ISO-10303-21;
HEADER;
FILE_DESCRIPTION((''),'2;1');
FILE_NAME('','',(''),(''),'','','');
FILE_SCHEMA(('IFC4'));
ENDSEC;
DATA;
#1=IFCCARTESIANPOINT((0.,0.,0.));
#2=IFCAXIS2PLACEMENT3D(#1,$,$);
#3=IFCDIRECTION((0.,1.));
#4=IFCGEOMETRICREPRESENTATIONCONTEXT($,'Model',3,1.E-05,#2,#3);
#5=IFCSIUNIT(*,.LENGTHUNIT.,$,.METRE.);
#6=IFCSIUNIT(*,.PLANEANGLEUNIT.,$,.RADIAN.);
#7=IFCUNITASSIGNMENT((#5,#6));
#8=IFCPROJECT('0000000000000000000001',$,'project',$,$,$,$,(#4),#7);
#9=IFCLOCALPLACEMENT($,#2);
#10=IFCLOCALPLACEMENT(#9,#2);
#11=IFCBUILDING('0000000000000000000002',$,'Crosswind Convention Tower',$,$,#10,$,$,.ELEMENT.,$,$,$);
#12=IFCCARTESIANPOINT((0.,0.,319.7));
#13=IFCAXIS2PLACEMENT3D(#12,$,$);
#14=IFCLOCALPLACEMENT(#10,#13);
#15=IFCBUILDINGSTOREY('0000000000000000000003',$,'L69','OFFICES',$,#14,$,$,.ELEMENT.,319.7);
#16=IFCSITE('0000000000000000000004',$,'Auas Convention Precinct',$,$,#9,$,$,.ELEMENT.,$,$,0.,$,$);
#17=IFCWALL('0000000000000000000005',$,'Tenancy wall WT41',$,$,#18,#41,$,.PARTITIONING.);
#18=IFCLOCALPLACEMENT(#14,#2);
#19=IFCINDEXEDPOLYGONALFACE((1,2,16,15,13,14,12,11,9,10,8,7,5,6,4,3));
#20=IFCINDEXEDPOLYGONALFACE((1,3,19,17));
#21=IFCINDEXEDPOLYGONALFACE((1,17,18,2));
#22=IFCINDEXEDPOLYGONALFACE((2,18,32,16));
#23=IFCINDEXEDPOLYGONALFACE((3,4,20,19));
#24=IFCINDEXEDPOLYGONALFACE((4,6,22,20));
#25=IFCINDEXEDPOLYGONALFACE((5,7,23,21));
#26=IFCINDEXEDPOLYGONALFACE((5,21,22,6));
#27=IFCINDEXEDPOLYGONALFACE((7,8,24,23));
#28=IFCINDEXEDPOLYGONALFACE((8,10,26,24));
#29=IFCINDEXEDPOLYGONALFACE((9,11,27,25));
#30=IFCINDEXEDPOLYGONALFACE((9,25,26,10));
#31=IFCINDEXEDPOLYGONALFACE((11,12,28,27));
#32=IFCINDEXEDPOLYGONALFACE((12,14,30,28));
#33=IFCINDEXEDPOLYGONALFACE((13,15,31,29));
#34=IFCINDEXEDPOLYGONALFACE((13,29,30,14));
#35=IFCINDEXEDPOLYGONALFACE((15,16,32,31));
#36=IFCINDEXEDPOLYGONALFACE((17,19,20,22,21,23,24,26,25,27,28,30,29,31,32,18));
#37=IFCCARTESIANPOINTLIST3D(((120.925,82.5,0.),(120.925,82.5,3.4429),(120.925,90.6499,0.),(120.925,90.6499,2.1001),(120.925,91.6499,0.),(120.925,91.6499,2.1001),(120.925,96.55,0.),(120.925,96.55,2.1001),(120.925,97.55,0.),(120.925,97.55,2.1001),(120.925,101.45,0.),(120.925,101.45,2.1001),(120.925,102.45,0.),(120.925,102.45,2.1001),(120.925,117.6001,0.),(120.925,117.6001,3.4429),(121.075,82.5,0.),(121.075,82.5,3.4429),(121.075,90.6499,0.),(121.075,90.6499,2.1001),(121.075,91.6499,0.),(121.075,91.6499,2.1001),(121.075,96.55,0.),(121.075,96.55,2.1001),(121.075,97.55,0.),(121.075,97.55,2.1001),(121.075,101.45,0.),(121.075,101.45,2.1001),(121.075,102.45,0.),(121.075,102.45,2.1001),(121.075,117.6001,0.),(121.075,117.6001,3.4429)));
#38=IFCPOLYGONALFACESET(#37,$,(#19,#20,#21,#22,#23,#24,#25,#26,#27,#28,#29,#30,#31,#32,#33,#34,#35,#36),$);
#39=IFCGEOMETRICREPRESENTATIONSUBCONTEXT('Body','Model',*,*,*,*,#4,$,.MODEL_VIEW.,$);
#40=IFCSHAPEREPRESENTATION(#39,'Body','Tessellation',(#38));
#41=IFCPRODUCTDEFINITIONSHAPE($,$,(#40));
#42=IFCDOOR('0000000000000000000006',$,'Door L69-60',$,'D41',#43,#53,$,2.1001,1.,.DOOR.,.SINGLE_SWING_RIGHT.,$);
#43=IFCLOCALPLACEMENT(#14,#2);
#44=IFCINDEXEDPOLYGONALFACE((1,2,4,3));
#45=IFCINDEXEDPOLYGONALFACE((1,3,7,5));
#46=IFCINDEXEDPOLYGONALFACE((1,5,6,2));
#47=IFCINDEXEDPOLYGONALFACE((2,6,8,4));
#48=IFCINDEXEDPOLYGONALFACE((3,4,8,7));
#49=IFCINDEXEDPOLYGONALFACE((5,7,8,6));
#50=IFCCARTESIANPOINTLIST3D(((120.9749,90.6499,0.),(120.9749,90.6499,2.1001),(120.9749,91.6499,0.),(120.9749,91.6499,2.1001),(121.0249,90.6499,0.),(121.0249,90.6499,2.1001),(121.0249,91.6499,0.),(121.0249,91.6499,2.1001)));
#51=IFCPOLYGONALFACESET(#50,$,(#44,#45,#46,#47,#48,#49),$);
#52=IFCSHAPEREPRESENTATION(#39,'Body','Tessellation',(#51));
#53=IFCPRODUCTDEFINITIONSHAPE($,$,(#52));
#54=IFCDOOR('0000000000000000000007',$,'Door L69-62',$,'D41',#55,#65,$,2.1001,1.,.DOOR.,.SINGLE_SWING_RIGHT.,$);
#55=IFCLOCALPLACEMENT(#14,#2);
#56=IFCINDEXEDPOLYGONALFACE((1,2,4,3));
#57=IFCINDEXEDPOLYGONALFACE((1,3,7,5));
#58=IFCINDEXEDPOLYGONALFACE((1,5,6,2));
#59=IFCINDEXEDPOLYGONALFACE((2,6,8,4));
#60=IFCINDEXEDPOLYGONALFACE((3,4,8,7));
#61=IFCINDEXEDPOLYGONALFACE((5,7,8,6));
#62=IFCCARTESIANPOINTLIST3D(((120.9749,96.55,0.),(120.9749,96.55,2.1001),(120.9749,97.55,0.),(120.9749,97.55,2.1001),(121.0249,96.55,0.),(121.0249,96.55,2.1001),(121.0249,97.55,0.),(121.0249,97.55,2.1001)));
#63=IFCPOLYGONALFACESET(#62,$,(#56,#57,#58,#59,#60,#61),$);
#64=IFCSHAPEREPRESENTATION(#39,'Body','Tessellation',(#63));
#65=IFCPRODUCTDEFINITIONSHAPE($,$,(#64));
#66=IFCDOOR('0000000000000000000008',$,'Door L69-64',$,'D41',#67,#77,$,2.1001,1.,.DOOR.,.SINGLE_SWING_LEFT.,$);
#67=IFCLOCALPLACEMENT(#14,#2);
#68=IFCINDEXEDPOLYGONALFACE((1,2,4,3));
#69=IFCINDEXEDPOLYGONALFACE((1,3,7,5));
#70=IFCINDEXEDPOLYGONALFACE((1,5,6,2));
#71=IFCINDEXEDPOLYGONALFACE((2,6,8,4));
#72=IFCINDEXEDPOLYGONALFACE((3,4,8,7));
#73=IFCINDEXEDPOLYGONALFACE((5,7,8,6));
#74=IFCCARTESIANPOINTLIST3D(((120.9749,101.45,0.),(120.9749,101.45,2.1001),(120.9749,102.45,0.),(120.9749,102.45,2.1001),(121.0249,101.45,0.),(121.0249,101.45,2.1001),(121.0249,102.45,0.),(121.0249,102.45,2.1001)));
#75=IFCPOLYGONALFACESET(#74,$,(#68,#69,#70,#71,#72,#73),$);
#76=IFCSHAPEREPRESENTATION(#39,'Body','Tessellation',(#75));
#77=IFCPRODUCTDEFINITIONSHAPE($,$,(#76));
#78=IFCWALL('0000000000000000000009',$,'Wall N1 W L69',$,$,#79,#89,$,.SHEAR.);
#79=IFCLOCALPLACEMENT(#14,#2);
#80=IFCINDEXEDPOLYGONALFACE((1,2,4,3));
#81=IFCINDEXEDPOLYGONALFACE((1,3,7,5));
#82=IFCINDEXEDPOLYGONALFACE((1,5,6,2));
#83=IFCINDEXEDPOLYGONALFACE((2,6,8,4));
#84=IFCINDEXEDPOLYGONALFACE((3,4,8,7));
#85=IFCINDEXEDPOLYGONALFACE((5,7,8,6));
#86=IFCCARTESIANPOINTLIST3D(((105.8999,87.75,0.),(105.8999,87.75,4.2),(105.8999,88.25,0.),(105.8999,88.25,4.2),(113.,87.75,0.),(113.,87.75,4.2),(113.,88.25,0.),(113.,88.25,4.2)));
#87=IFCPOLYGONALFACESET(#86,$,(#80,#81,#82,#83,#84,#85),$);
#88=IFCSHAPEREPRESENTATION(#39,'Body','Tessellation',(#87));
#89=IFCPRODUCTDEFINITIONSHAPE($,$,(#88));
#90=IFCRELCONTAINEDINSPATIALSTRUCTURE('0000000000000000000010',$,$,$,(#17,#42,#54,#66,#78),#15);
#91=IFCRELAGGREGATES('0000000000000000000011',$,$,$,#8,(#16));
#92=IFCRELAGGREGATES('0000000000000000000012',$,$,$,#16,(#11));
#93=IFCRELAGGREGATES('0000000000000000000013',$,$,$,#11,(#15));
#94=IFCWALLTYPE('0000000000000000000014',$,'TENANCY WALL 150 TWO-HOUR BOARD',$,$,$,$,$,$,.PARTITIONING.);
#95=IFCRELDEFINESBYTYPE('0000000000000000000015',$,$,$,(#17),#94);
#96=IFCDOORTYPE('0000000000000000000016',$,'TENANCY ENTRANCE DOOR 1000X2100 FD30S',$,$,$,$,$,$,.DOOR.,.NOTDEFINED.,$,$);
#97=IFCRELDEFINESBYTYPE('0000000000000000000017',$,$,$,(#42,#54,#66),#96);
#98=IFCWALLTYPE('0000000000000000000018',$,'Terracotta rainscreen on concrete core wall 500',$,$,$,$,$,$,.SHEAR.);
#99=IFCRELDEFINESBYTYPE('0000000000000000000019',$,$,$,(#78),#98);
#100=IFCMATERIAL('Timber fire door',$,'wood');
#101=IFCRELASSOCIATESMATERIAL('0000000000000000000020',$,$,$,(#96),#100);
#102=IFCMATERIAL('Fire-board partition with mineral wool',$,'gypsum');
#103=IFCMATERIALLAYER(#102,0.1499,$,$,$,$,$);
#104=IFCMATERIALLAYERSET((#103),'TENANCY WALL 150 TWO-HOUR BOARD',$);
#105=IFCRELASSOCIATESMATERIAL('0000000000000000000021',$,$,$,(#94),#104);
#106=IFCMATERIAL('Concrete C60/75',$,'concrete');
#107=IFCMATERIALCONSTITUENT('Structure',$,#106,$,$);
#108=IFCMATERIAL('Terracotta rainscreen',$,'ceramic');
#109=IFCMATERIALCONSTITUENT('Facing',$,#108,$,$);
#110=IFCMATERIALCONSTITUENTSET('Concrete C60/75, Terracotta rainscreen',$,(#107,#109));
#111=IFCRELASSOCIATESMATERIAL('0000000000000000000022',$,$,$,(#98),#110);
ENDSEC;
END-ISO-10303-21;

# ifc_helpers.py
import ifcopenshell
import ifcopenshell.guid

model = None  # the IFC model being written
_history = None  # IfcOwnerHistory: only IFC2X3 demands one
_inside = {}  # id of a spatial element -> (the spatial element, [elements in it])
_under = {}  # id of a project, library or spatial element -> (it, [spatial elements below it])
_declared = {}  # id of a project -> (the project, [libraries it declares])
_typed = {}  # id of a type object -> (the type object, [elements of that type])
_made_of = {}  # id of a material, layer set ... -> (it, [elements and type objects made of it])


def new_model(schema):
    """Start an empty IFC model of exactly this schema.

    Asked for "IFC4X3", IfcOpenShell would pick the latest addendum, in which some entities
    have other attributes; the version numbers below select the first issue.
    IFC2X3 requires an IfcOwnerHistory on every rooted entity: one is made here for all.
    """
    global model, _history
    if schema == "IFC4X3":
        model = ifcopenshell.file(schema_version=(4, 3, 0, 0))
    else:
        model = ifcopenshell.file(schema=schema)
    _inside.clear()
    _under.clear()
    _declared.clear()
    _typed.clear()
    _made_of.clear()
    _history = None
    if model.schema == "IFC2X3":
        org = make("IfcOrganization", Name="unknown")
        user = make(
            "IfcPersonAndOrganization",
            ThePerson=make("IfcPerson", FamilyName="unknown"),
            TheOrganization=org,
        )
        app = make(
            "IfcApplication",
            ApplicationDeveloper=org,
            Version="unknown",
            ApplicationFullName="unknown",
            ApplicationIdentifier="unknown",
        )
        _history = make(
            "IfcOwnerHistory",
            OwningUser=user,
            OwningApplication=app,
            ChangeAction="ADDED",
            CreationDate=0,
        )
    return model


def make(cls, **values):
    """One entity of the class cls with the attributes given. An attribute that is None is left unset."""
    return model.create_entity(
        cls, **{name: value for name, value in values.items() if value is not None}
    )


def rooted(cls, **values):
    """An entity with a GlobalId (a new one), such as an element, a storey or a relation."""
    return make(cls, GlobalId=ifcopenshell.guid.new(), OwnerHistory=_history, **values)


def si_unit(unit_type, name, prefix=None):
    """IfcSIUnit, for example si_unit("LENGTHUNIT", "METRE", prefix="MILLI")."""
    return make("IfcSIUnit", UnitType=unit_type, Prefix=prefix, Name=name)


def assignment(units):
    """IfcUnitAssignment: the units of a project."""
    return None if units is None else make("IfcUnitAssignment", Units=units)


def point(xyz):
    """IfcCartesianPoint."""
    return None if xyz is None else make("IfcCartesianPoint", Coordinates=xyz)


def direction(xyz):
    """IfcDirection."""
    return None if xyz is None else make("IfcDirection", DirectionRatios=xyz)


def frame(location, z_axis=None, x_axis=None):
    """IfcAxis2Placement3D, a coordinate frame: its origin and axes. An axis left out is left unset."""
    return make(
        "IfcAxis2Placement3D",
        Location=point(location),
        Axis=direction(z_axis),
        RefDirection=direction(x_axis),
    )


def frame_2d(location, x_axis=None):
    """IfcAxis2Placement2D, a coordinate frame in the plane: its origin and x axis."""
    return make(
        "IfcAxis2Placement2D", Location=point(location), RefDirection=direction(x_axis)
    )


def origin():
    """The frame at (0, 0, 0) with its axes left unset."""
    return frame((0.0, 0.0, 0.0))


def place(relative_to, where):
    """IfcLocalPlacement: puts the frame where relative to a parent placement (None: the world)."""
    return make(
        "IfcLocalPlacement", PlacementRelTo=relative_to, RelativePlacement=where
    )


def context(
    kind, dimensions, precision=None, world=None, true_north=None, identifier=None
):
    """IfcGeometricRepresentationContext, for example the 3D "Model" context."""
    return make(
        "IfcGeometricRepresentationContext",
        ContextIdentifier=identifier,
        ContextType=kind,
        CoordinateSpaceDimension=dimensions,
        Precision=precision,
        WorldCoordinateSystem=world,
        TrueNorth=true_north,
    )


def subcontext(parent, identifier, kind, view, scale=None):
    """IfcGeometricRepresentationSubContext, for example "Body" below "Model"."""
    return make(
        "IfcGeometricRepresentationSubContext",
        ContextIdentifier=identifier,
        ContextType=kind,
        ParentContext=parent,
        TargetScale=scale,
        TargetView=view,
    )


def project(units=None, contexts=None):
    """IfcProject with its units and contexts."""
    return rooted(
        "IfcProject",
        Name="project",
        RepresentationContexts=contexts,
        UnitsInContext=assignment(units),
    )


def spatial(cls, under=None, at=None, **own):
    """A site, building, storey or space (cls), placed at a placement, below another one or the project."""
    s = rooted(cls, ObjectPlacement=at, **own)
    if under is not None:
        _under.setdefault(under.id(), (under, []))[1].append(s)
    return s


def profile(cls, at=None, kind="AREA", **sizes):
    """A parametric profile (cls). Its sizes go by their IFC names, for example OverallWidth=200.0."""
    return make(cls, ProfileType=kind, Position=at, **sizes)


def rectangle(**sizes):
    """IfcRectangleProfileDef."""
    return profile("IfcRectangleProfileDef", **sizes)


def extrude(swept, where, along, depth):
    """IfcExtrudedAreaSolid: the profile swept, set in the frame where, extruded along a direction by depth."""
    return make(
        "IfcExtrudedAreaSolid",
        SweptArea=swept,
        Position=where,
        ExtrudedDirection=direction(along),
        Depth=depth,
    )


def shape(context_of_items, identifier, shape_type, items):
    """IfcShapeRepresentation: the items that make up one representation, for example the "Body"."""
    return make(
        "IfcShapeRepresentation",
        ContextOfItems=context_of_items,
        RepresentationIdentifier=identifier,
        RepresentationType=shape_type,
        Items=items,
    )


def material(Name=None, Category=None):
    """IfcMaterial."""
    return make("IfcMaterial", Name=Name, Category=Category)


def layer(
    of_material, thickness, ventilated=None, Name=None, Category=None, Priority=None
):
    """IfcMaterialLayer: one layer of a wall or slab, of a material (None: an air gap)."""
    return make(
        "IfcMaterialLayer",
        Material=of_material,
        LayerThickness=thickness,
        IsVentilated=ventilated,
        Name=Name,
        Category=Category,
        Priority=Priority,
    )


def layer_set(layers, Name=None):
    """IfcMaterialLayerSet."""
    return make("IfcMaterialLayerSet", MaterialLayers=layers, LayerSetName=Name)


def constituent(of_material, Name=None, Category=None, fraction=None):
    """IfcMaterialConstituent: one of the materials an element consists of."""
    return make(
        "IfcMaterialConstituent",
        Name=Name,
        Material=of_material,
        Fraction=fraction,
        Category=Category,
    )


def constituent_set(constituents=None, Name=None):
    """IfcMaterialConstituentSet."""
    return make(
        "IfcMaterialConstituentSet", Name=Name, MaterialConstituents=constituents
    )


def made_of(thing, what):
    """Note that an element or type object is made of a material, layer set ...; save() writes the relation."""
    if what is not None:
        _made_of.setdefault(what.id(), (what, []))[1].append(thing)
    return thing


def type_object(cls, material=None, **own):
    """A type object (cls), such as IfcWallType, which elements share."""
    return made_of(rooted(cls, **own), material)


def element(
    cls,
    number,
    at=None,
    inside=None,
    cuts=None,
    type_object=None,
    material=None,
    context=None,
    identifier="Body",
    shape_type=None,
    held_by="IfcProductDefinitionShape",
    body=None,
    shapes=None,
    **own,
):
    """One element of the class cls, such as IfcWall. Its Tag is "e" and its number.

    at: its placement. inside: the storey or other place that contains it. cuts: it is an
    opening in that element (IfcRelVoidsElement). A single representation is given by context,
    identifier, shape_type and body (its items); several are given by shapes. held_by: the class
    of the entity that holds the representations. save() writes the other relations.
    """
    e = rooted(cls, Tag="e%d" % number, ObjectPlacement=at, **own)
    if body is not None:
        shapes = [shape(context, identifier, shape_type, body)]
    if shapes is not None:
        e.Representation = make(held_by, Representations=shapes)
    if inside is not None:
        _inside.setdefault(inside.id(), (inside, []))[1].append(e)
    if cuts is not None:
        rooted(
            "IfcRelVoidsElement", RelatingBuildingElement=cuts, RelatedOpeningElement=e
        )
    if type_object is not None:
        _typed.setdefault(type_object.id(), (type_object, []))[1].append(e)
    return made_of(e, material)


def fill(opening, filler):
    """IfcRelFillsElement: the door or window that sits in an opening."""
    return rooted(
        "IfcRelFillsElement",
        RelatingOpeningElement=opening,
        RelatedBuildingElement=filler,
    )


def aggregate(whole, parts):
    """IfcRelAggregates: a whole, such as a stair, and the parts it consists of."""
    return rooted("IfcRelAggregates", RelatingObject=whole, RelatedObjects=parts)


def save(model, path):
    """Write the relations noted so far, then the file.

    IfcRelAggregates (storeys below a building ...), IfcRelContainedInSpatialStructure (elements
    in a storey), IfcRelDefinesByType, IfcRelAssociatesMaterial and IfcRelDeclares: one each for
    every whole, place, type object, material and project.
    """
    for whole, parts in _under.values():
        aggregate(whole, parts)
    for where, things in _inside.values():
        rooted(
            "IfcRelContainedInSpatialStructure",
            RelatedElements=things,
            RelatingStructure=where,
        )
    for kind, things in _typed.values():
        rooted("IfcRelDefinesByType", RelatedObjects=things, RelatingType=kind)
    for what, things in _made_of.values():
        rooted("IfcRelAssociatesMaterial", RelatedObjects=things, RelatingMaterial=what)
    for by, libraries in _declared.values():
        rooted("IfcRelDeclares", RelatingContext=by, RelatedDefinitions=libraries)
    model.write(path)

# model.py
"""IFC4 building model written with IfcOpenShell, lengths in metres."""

from ifc_helpers import new_model, si_unit, direction, frame, frame_2d, origin, place, context, subcontext, project, spatial, rectangle, extrude, material, layer, layer_set, constituent, constituent_set, type_object, element, fill, save


model = new_model("IFC4")

# Units and contexts
model_context = context("Model", 3, precision=1e-05, world=origin(), true_north=direction((0.0, 1.0)))
body_context = subcontext(model_context, "Body", "Model", "MODEL_VIEW")
ifc_project = project(units=[si_unit("LENGTHUNIT", "METRE"), si_unit("PLANEANGLEUNIT", "RADIAN")], contexts=[model_context])

# Site, building, storey
site_placement = place(None, origin())
site = spatial("IfcSite", under=ifc_project, at=site_placement, Name="Auas Convention Precinct", CompositionType="ELEMENT", RefElevation=0.0)
building_placement = place(site_placement, origin())
building = spatial("IfcBuilding", under=site, at=building_placement, Name="Crosswind Convention Tower", CompositionType="ELEMENT")
storey_placement = place(building_placement, frame((0.0, 0.0, 319.7)))
storey = spatial("IfcBuildingStorey", under=building, at=storey_placement, Name="L69", Description="OFFICES", CompositionType="ELEMENT", Elevation=319.7)

# Shared definitions
ifc_material_1 = material(Name="Concrete C60/75", Category="concrete")

# Shared definitions
ifc_material_2 = material(Name="Timber fire door", Category="wood")
door_type_1 = type_object("IfcDoorType", Name="TENANCY ENTRANCE DOOR 1000X2100 FD30S", OperationType="NOTDEFINED", PredefinedType="DOOR", material=ifc_material_2)

# Wall, openings, doors
ifc_material_3 = material(Name="Fire-board partition with mineral wool", Category="gypsum")
ifc_layer_1 = layer(ifc_material_3, 0.1499)
ifc_layer_set_1 = layer_set([ifc_layer_1], Name="TENANCY WALL 150 TWO-HOUR BOARD")
wall_type_1 = type_object("IfcWallType", Name="TENANCY WALL 150 TWO-HOUR BOARD", PredefinedType="PARTITIONING", material=ifc_layer_set_1)
wall_1_placement = place(storey_placement, frame((121.0, 82.5, 0.0), z_axis=(0.0, 0.0, 1.0), x_axis=(0.0, 1.0, 0.0)))
wall_1 = element("IfcWall", 1, at=wall_1_placement, inside=storey, type_object=wall_type_1, Name="Tenancy wall WT41", PredefinedType="PARTITIONING", context=body_context, shape_type="SweptSolid", body=[
    extrude(rectangle(XDim=35.1001, YDim=0.1499, at=frame_2d((17.55, 0.0))), origin(), (0.0, 0.0, 1.0), 3.4429),
])
opening_1_placement = place(wall_1_placement, frame((8.1499, 0.0, 0.0)))
opening_1 = element("IfcOpeningElement", 2, at=opening_1_placement, cuts=wall_1, PredefinedType="OPENING", context=body_context, shape_type="SweptSolid", body=[
    extrude(rectangle(XDim=1.0, YDim=2.1001, at=frame_2d((0.5, 1.05))), frame((0.0, 0.085, 0.0), z_axis=(0.0, -1.0, 0.0), x_axis=(1.0, 0.0, 0.0)), (0.0, 0.0, 1.0), 0.1699),
])
opening_2_placement = place(wall_1_placement, frame((14.05, 0.0, 0.0)))
opening_2 = element("IfcOpeningElement", 3, at=opening_2_placement, cuts=wall_1, PredefinedType="OPENING", context=body_context, shape_type="SweptSolid", body=[
    extrude(rectangle(XDim=1.0, YDim=2.1001, at=frame_2d((0.5, 1.05))), frame((0.0, 0.085, 0.0), z_axis=(0.0, -1.0, 0.0), x_axis=(1.0, 0.0, 0.0)), (0.0, 0.0, 1.0), 0.1699),
])
opening_3_placement = place(wall_1_placement, frame((18.95, 0.0, 0.0)))
opening_3 = element("IfcOpeningElement", 4, at=opening_3_placement, cuts=wall_1, PredefinedType="OPENING", context=body_context, shape_type="SweptSolid", body=[
    extrude(rectangle(XDim=1.0, YDim=2.1001, at=frame_2d((0.5, 1.05))), frame((0.0, 0.085, 0.0), z_axis=(0.0, -1.0, 0.0), x_axis=(1.0, 0.0, 0.0)), (0.0, 0.0, 1.0), 0.1699),
])
door_1_placement = place(opening_1_placement, frame((1.0, 0.0, 0.0), z_axis=(0.0, 0.0, 1.0), x_axis=(-1.0, 0.0, 0.0)))
door_1 = element("IfcDoor", 5, at=door_1_placement, inside=storey, type_object=door_type_1, Name="Door L69-60", ObjectType="D41", OperationType="SINGLE_SWING_RIGHT", OverallHeight=2.1001, OverallWidth=1.0, PredefinedType="DOOR", context=body_context, shape_type="SweptSolid", body=[
    extrude(rectangle(XDim=1.0, YDim=2.1001, at=frame_2d((0.5, 1.05))), frame((0.0, 0.0249, 0.0), z_axis=(0.0, -1.0, 0.0), x_axis=(1.0, 0.0, 0.0)), (0.0, 0.0, 1.0), 0.05),
])
fill(opening_1, door_1)
door_2_placement = place(opening_2_placement, frame((1.0, 0.0, 0.0), z_axis=(0.0, 0.0, 1.0), x_axis=(-1.0, 0.0, 0.0)))
door_2 = element("IfcDoor", 6, at=door_2_placement, inside=storey, type_object=door_type_1, Name="Door L69-62", ObjectType="D41", OperationType="SINGLE_SWING_RIGHT", OverallHeight=2.1001, OverallWidth=1.0, PredefinedType="DOOR", context=body_context, shape_type="SweptSolid", body=[
    extrude(rectangle(XDim=1.0, YDim=2.1001, at=frame_2d((0.5, 1.05))), frame((0.0, 0.0249, 0.0), z_axis=(0.0, -1.0, 0.0), x_axis=(1.0, 0.0, 0.0)), (0.0, 0.0, 1.0), 0.05),
])
fill(opening_2, door_2)
door_3_placement = place(opening_3_placement, frame((1.0, 0.0, 0.0), z_axis=(0.0, 0.0, 1.0), x_axis=(-1.0, 0.0, 0.0)))
door_3 = element("IfcDoor", 7, at=door_3_placement, inside=storey, type_object=door_type_1, Name="Door L69-64", ObjectType="D41", OperationType="SINGLE_SWING_LEFT", OverallHeight=2.1001, OverallWidth=1.0, PredefinedType="DOOR", context=body_context, shape_type="SweptSolid", body=[
    extrude(rectangle(XDim=1.0, YDim=2.1001, at=frame_2d((0.5, 1.05))), frame((0.0, 0.0249, 0.0), z_axis=(0.0, -1.0, 0.0), x_axis=(1.0, 0.0, 0.0)), (0.0, 0.0, 1.0), 0.05),
])
fill(opening_3, door_3)

# Wall
ifc_constituent_1 = constituent(ifc_material_1, Name="Structure")
ifc_material_4 = material(Name="Terracotta rainscreen", Category="ceramic")
ifc_constituent_2 = constituent(ifc_material_4, Name="Facing")
ifc_constituent_set = constituent_set(constituents=[ifc_constituent_1, ifc_constituent_2], Name="Concrete C60/75, Terracotta rainscreen")
wall_type_2 = type_object("IfcWallType", Name="Terracotta rainscreen on concrete core wall 500", PredefinedType="SHEAR", material=ifc_constituent_set)
wall_2_placement = place(storey_placement, frame((113.0, 88.0, 0.0), z_axis=(0.0, 0.0, 1.0), x_axis=(-1.0, 0.0, 0.0)))
element("IfcWall", 8, at=wall_2_placement, inside=storey, type_object=wall_type_2, Name="Wall N1 W L69", PredefinedType="SHEAR", context=body_context, shape_type="SweptSolid", body=[
    extrude(rectangle(XDim=7.1001, YDim=0.5, at=frame_2d((3.55, 0.0))), origin(), (0.0, 0.0, 1.0), 4.2),
])

save(model, "model.ifc")
